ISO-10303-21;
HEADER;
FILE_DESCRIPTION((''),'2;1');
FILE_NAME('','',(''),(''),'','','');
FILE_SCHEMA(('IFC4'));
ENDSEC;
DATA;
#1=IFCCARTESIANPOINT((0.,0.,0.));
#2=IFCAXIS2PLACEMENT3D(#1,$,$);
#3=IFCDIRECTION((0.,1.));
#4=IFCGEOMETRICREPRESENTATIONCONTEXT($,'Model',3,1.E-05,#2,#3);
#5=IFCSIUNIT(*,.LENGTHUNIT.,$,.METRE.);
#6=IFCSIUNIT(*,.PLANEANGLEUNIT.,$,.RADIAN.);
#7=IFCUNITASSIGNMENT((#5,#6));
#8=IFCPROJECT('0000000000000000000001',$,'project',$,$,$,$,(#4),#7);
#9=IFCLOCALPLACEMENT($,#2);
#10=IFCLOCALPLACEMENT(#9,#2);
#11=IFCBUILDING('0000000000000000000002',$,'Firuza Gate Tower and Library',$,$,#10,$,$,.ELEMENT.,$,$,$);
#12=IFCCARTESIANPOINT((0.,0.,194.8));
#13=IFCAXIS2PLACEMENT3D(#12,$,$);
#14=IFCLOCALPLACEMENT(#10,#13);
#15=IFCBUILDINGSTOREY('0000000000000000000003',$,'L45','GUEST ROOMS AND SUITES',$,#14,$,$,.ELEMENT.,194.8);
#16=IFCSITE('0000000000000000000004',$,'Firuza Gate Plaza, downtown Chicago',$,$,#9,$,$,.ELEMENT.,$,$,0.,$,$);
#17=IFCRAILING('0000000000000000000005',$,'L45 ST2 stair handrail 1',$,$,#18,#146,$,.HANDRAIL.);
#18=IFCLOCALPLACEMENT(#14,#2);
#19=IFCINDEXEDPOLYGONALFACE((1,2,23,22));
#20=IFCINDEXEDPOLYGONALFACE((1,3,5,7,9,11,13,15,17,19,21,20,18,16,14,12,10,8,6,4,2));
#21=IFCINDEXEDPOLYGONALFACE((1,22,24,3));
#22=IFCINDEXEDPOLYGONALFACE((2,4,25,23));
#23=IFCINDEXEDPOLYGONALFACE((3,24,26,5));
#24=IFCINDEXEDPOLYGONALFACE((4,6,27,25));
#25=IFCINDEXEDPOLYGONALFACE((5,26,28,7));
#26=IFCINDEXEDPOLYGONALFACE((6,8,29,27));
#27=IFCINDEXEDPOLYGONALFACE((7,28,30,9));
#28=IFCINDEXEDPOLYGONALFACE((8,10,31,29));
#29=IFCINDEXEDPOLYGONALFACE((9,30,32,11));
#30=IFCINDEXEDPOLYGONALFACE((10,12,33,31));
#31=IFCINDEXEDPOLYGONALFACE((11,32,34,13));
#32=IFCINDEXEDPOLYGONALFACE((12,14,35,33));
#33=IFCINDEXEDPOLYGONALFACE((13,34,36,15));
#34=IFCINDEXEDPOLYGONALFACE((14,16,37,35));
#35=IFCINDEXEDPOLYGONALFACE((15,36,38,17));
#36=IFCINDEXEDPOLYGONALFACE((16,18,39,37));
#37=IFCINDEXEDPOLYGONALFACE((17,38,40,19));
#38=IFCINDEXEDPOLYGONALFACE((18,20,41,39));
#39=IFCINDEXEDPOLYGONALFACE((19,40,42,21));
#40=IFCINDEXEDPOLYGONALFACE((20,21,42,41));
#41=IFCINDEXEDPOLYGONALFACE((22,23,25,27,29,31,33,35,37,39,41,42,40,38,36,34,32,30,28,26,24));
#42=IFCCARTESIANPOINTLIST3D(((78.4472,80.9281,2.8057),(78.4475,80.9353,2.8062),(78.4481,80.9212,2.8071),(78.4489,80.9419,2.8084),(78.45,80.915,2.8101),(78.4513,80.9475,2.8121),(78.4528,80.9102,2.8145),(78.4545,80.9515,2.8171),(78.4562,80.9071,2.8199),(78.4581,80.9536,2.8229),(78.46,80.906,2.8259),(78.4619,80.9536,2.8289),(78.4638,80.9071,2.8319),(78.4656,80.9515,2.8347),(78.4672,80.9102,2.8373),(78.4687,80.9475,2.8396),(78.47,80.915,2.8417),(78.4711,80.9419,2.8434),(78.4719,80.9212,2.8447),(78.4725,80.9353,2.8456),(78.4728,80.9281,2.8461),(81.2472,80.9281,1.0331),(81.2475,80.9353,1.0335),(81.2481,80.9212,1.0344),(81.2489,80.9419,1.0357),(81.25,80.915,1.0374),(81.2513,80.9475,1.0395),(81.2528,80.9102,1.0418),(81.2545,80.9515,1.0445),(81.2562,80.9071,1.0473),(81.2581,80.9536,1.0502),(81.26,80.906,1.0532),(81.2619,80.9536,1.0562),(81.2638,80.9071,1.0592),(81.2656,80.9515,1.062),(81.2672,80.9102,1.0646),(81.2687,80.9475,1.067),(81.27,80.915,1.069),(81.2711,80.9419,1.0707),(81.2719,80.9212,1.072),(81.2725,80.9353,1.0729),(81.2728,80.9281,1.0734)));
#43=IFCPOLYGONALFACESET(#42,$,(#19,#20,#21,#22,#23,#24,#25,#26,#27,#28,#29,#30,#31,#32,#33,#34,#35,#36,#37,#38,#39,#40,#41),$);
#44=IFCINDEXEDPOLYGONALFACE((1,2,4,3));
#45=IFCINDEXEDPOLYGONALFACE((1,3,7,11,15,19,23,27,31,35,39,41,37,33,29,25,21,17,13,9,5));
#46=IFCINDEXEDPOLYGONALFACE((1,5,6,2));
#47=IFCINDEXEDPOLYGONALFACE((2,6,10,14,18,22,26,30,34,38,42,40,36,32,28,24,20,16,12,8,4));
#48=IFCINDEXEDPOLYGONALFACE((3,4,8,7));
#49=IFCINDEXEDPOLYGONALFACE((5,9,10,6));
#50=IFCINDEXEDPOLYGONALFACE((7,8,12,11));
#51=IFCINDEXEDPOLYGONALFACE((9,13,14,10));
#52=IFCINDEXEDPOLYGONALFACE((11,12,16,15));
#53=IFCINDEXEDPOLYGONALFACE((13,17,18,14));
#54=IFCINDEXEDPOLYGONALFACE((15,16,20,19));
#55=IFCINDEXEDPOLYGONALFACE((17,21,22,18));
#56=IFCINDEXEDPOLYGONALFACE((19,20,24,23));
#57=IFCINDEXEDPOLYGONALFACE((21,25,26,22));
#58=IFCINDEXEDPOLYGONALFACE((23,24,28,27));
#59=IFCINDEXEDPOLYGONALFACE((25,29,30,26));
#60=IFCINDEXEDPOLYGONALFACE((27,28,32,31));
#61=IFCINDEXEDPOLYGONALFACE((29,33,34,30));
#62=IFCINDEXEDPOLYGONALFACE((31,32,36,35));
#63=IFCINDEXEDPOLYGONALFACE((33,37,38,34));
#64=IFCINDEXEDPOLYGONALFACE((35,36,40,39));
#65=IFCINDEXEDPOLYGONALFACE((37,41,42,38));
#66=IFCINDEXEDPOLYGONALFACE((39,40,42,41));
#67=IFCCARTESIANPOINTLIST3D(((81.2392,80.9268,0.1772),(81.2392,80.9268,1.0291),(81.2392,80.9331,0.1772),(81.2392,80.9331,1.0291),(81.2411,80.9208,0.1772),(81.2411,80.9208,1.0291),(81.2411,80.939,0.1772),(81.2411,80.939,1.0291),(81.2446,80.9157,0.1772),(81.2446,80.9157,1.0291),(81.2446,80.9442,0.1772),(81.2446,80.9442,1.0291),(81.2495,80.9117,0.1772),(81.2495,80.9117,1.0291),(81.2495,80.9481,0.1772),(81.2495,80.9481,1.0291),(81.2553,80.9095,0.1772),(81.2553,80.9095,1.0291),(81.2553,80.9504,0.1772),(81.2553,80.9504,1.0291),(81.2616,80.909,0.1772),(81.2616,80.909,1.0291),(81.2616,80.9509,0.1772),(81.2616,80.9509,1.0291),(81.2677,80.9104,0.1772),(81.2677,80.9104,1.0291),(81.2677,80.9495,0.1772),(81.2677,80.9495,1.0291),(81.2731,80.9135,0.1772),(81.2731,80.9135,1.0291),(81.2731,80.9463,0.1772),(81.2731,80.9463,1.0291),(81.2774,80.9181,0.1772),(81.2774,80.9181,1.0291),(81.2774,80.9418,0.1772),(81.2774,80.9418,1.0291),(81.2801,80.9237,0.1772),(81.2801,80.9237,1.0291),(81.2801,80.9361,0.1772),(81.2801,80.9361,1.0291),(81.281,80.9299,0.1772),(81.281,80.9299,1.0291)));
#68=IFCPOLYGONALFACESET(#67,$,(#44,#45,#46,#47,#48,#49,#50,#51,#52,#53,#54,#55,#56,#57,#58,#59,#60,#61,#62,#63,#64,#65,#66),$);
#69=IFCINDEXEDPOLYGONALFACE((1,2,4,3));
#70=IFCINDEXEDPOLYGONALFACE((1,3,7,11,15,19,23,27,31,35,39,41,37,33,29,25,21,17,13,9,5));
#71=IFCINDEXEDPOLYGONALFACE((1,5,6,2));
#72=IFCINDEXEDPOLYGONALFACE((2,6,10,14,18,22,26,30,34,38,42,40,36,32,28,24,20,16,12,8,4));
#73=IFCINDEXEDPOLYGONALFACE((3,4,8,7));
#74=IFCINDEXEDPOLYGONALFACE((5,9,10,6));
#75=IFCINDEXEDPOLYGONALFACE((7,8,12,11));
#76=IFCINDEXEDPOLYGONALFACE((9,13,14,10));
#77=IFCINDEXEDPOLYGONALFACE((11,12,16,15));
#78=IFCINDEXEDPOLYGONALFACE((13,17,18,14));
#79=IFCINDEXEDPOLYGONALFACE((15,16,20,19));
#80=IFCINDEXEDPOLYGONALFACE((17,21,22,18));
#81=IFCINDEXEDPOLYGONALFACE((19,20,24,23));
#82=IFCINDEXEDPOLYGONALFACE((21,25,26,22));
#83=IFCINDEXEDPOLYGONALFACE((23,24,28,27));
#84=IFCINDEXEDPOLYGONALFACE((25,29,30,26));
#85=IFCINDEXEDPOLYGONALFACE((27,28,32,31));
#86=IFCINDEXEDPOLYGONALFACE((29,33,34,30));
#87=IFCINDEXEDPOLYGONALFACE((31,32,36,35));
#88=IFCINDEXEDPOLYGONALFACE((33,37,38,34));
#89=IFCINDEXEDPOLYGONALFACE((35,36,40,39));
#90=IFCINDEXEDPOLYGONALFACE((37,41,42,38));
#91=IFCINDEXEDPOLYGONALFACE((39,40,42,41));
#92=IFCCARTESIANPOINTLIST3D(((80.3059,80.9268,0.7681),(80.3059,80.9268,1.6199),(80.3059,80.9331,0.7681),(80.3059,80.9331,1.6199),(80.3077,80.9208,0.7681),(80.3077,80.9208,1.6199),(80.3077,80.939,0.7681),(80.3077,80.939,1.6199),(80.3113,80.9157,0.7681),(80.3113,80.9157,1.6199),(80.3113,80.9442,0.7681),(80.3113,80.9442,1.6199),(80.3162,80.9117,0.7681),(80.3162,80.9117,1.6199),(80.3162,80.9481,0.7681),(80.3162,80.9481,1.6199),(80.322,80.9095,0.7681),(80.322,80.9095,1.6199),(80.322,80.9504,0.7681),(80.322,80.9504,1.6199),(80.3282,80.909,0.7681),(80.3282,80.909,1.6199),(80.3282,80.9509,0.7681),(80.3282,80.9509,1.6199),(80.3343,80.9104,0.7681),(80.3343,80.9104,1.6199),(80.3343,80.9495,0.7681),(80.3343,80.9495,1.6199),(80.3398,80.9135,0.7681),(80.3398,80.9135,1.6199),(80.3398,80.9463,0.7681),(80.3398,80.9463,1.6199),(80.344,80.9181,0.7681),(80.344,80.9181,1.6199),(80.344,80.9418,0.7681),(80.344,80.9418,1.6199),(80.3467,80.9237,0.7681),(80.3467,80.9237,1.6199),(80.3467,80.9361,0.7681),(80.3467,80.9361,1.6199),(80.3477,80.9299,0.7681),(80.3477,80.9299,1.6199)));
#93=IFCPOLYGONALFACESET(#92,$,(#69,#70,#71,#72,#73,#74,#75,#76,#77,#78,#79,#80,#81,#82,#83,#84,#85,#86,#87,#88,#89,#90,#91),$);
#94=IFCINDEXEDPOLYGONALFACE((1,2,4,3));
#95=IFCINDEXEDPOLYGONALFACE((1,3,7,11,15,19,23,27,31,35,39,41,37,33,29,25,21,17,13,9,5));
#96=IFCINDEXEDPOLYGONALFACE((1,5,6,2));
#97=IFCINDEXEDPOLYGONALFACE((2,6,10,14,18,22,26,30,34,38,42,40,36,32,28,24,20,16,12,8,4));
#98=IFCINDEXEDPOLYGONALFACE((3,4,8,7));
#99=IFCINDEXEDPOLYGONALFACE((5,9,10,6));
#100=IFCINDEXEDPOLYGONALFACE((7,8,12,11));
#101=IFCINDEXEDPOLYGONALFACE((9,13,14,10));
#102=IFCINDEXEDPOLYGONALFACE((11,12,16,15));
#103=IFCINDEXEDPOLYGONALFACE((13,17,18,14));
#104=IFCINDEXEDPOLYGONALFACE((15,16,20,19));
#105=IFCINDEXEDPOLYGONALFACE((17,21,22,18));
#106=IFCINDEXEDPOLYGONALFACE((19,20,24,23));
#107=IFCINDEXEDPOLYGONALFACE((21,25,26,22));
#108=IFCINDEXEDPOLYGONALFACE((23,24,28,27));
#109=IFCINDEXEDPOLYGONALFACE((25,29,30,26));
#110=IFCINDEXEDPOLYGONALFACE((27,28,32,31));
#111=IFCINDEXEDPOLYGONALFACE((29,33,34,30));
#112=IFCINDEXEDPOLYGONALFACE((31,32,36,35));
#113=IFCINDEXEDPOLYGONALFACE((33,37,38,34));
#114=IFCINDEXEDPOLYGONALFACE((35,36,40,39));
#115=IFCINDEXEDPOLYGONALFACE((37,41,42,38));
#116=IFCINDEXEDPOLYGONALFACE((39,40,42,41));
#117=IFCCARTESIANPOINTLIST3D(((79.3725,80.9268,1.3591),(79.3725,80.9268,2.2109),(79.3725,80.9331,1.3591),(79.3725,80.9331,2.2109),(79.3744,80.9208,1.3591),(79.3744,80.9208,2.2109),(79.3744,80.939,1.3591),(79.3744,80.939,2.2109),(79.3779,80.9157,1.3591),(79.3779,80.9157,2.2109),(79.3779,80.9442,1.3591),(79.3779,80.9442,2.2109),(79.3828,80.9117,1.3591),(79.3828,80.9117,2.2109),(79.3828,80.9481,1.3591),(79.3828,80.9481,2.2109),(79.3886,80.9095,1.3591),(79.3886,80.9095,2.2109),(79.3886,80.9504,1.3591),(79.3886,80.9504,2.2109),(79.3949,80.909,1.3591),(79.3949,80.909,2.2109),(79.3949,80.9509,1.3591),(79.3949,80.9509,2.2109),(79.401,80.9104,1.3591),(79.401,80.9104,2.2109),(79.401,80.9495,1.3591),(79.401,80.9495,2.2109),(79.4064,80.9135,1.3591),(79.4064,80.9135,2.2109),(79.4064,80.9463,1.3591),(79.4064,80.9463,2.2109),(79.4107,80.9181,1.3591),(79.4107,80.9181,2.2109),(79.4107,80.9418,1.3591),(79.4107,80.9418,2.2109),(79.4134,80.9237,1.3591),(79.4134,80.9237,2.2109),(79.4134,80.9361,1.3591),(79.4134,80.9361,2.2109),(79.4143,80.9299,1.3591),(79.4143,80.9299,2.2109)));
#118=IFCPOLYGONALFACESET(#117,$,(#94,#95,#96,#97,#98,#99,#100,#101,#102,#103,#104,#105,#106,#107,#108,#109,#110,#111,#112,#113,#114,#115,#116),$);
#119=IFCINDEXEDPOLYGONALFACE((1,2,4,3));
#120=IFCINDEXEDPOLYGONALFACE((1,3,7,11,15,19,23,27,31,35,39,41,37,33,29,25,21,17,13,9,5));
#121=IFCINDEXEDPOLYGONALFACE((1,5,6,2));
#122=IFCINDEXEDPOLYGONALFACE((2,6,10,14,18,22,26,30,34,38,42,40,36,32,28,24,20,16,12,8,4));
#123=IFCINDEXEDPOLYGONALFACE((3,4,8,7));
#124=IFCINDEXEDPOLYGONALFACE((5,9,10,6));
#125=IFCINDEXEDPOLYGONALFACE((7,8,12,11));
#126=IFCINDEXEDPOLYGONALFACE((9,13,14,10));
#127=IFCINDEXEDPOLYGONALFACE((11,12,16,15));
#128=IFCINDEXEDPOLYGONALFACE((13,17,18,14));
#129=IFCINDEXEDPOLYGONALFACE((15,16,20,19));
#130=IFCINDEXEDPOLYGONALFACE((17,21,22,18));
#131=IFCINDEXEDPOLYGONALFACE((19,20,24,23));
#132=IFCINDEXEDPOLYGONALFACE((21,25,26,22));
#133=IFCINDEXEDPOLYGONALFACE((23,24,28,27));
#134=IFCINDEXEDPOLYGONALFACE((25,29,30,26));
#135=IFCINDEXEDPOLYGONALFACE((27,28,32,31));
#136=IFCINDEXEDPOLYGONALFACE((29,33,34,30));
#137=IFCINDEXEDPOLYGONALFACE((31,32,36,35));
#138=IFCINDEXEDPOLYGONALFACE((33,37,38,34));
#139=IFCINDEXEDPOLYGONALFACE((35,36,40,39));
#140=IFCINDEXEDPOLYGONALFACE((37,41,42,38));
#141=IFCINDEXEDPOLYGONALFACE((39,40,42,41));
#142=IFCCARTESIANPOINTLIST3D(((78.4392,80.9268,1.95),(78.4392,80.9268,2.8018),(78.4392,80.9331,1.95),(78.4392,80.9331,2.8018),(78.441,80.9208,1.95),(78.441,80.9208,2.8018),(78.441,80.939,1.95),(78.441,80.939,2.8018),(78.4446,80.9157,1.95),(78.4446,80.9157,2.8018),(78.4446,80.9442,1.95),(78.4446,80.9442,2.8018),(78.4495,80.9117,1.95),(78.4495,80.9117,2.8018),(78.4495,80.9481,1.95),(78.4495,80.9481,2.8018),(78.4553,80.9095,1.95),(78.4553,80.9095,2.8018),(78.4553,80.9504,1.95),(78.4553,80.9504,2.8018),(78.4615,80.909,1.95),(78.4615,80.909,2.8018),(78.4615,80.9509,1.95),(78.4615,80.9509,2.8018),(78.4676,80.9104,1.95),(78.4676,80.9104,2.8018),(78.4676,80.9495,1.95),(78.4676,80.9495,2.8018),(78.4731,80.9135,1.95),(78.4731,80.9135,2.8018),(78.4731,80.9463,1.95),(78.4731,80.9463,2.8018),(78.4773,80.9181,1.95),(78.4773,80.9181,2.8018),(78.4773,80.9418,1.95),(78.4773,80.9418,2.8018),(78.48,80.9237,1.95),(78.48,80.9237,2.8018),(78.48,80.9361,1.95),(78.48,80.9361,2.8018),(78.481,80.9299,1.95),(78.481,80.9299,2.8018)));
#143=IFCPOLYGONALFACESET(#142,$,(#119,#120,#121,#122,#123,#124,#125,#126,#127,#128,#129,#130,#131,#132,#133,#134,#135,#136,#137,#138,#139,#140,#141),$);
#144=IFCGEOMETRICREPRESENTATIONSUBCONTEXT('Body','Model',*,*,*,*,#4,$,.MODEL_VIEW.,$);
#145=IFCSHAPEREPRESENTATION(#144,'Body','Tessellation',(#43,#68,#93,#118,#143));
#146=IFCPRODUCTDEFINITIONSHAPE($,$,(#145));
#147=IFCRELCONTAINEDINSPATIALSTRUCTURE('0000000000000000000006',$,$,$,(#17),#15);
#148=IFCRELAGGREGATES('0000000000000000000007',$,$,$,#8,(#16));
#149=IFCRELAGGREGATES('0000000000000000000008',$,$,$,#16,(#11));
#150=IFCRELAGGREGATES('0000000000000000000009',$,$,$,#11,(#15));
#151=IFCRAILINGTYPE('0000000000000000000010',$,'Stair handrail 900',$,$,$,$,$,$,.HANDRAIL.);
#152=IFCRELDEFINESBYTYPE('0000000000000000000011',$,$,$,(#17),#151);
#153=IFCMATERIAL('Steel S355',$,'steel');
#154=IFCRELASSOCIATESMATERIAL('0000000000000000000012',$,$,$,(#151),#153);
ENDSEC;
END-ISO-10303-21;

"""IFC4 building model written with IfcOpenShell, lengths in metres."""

from ifc_helpers import new_model, si_unit, direction, frame, origin, origin_2d, place, context, subcontext, project, spatial, circle, extrude, material, type_object, element, save


model = new_model("IFC4")

# Units and contexts
model_context = context("Model", 3, precision=1e-05, world=origin(), true_north=direction((0.0, 1.0)))
body_context = subcontext(model_context, "Body", "Model", "MODEL_VIEW")
ifc_project = project(units=[si_unit("LENGTHUNIT", "METRE"), si_unit("PLANEANGLEUNIT", "RADIAN")], contexts=[model_context])

# Site, building, storey
site_placement = place(None, origin())
site = spatial("IfcSite", under=ifc_project, at=site_placement, Name="Firuza Gate Plaza, downtown Chicago", CompositionType="ELEMENT", RefElevation=0.0)
building_placement = place(site_placement, origin())
building = spatial("IfcBuilding", under=site, at=building_placement, Name="Firuza Gate Tower and Library", CompositionType="ELEMENT")
storey_placement = place(building_placement, frame((0.0, 0.0, 194.8)))
storey = spatial("IfcBuildingStorey", under=building, at=storey_placement, Name="L45", Description="GUEST ROOMS AND SUITES", CompositionType="ELEMENT", Elevation=194.8)

# Railing
ifc_material_1 = material(Name="Steel S355", Category="steel")
railing_type_1 = type_object("IfcRailingType", Name="Stair handrail 900", PredefinedType="HANDRAIL", material=ifc_material_1)
railing_1_placement = place(storey_placement, frame((81.26, 80.9299, 0.1772)))
element("IfcRailing", 1, at=railing_1_placement, inside=storey, type_object=railing_type_1, Name="L45 ST2 stair handrail 1", PredefinedType="HANDRAIL", context=body_context, shape_type="SweptSolid", body=[
    extrude(circle(Radius=0.0239, at=origin_2d()), frame((0.0, 0.0, 0.876), z_axis=(-0.844909, 0.0, 0.53491), x_axis=(0.0, -1.0, 0.0)), (0.0, 0.0, 1.0), 3.314),
    extrude(circle(Radius=0.021, at=origin_2d()), origin(), (0.0, 0.0, 1.0), 0.8518),
    extrude(circle(Radius=0.021, at=origin_2d()), frame((-0.9333, 0.0, 0.5908)), (0.0, 0.0, 1.0), 0.8518),
    extrude(circle(Radius=0.021, at=origin_2d()), frame((-1.8667, 0.0, 1.1819)), (0.0, 0.0, 1.0), 0.8518),
    extrude(circle(Radius=0.021, at=origin_2d()), frame((-2.8, 0.0, 1.7727)), (0.0, 0.0, 1.0), 0.8518),
])

save(model, "model.ifc")
